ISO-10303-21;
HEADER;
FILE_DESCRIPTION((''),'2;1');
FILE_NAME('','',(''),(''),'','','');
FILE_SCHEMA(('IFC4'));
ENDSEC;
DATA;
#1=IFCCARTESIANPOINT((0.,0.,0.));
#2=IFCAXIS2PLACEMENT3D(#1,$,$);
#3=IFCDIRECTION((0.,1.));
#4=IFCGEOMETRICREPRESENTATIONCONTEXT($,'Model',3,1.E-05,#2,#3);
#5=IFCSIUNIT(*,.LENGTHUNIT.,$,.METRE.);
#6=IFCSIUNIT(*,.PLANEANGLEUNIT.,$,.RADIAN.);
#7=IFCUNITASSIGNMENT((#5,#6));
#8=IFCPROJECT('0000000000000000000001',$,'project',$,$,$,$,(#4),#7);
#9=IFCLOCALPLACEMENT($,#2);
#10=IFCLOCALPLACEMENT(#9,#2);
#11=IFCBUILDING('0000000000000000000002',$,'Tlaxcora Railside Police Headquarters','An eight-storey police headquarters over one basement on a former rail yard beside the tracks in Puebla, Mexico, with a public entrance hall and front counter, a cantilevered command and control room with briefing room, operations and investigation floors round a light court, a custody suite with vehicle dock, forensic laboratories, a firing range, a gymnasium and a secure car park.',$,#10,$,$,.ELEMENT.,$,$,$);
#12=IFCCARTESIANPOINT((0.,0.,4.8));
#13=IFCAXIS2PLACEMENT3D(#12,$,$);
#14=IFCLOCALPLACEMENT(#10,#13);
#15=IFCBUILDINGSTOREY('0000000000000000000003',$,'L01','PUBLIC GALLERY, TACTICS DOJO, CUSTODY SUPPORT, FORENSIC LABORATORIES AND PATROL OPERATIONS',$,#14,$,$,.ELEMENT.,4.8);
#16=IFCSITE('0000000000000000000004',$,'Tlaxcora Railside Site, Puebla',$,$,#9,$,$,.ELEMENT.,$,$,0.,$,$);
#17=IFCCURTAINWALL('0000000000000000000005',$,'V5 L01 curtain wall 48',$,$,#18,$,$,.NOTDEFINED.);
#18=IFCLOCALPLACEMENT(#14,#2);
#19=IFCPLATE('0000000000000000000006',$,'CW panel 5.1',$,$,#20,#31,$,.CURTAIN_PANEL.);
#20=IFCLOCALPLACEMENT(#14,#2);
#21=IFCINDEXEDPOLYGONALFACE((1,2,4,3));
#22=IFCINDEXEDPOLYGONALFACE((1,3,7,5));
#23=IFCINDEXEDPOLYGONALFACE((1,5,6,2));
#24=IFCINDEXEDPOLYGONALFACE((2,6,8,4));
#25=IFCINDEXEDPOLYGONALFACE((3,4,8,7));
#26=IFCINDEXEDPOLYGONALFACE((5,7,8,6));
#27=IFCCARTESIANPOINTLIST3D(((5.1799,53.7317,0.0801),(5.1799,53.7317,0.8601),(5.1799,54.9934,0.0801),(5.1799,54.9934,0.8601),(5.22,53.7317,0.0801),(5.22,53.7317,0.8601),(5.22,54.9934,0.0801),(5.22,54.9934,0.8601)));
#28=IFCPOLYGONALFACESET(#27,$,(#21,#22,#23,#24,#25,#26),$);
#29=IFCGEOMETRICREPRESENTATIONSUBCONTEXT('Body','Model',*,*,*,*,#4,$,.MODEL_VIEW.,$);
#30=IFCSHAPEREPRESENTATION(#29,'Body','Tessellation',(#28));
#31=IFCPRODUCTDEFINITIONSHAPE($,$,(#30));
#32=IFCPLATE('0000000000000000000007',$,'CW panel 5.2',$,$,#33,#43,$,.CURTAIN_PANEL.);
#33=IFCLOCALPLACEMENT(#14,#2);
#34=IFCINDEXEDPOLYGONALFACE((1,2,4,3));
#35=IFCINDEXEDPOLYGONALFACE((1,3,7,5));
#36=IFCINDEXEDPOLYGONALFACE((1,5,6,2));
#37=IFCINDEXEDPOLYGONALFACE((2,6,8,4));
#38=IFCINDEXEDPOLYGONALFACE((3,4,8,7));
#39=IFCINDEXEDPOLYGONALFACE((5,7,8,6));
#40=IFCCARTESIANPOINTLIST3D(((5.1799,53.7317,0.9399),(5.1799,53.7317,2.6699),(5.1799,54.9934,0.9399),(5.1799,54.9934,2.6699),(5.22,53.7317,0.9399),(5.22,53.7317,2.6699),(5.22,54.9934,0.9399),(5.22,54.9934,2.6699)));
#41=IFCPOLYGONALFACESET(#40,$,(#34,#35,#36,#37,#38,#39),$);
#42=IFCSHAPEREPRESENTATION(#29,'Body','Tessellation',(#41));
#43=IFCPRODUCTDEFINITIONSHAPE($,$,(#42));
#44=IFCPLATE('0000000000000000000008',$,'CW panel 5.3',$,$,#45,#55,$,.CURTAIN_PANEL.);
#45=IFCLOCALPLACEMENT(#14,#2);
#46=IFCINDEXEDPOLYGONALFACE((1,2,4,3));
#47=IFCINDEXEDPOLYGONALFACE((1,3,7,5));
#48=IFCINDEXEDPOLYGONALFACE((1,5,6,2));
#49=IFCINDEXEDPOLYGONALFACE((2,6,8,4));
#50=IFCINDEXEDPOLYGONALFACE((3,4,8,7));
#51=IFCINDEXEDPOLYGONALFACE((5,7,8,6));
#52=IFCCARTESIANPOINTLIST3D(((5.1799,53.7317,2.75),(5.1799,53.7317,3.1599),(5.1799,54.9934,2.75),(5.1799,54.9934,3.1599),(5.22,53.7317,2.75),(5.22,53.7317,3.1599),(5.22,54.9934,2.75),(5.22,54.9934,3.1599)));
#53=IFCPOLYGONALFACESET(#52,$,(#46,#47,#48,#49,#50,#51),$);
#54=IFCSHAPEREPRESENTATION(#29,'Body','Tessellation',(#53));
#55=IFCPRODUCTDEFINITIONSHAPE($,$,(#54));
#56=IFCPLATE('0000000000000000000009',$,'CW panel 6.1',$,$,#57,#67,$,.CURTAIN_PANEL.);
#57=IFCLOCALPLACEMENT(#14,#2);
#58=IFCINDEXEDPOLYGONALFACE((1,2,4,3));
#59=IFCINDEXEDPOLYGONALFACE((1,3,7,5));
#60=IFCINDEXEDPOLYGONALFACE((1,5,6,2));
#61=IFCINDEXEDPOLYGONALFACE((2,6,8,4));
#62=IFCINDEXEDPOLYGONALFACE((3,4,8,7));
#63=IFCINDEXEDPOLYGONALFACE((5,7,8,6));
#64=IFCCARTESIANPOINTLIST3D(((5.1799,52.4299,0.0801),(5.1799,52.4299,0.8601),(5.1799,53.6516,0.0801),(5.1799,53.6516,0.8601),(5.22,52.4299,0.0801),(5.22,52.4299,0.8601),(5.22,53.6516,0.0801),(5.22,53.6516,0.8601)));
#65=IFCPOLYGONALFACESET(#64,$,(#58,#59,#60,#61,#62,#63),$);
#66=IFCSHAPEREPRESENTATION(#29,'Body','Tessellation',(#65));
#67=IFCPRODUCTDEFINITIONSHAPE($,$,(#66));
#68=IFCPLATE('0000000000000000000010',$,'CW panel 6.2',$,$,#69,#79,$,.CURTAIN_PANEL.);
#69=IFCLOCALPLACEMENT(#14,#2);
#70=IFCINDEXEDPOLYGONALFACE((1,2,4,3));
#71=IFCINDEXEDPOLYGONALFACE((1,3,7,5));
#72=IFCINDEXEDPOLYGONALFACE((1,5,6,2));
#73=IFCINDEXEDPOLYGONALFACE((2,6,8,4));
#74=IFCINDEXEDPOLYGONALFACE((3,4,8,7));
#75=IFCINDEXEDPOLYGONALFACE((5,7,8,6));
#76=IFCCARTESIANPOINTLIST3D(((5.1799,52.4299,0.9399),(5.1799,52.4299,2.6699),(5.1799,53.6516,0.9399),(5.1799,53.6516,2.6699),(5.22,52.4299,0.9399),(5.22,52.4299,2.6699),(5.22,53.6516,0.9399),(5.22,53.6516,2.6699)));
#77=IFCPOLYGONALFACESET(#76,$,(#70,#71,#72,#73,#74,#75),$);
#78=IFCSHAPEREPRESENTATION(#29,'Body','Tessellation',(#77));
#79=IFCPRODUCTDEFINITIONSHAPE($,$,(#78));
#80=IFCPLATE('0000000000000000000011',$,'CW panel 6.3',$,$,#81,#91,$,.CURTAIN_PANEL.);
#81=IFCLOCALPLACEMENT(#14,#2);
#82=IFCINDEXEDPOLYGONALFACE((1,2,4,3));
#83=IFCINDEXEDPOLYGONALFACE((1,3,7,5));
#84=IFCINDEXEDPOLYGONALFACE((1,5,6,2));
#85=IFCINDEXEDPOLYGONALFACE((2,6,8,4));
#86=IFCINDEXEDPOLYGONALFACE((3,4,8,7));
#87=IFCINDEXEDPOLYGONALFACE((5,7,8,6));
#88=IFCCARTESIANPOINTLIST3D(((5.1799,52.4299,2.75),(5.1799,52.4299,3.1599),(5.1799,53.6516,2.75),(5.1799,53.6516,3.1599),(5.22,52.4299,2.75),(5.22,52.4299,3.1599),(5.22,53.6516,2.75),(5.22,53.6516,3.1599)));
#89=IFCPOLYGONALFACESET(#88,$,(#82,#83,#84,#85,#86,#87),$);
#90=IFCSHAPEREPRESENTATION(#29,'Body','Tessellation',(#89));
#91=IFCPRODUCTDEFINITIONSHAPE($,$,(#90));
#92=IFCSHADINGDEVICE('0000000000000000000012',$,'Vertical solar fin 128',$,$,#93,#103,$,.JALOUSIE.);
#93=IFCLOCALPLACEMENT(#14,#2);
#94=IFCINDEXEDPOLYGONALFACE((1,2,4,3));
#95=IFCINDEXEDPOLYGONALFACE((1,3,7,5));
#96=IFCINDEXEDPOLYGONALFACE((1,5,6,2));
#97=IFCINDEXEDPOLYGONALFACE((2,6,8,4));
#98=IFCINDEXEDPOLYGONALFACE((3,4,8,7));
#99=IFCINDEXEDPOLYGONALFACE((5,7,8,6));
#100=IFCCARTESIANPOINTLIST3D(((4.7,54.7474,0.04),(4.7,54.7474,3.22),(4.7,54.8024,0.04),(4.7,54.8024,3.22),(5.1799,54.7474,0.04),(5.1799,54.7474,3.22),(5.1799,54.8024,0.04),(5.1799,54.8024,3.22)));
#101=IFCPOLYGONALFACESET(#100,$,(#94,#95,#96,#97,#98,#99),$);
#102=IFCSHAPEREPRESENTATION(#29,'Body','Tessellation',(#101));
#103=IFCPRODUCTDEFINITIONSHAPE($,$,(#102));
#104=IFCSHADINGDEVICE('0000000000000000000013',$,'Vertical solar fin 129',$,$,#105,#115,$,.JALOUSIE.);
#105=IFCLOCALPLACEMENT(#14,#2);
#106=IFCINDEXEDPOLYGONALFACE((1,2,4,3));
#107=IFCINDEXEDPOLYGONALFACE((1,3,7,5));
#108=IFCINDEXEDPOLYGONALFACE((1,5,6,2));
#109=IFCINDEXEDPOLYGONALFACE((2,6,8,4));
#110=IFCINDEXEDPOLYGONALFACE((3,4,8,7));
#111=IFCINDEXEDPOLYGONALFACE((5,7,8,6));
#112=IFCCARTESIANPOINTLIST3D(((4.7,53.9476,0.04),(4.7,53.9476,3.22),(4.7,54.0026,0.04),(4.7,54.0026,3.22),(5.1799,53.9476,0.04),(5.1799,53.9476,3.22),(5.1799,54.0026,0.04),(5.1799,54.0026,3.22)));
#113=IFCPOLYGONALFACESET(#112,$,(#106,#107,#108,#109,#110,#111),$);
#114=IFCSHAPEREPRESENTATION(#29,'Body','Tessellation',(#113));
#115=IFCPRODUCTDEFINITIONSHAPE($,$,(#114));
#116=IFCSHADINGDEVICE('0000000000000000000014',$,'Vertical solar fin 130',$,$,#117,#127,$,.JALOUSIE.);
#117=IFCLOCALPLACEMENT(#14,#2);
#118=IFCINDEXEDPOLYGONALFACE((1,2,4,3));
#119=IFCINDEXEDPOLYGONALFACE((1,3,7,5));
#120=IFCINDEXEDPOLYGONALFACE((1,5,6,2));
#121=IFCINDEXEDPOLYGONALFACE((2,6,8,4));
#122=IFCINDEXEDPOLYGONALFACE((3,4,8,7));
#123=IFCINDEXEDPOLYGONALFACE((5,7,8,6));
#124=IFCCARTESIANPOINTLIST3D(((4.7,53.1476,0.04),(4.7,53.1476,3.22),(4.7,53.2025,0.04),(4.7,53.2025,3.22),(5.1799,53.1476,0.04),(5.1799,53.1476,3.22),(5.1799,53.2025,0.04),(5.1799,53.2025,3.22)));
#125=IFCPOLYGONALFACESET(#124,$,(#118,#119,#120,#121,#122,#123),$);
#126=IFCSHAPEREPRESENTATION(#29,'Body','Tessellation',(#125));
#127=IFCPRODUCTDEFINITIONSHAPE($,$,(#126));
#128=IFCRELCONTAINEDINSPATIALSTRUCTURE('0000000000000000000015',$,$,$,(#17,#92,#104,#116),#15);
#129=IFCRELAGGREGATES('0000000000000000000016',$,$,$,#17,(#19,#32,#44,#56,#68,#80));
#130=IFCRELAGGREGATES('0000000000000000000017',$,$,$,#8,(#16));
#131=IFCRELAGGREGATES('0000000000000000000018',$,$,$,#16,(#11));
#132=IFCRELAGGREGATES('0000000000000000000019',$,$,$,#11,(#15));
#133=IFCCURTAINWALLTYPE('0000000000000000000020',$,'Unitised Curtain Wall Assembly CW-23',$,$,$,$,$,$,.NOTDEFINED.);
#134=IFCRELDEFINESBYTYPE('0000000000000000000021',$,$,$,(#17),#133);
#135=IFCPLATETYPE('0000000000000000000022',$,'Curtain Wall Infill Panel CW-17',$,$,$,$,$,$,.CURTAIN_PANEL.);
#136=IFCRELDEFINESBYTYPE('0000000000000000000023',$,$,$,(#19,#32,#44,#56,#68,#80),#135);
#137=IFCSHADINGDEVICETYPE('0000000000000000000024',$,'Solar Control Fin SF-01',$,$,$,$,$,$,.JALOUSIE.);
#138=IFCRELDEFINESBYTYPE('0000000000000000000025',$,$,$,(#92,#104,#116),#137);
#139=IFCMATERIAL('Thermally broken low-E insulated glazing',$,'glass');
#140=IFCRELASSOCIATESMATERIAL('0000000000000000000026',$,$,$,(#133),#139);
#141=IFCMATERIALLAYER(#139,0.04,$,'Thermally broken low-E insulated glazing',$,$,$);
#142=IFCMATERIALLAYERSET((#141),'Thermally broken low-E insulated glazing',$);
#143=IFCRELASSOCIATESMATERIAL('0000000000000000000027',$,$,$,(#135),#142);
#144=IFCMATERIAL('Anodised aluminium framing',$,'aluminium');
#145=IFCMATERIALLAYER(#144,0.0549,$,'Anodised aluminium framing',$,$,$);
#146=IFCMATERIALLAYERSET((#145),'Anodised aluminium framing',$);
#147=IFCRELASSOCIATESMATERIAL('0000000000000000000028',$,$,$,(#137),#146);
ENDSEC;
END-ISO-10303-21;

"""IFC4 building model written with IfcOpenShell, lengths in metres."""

from ifc_helpers import new_model, si_unit, direction, frame, origin, origin_2d, place, context, subcontext, project, spatial, rectangle, extrude, material, layer, layer_set, type_object, element, aggregate, save


model = new_model("IFC4")

# Units and contexts
model_context = context("Model", 3, precision=1e-05, world=origin(), true_north=direction((0.0, 1.0)))
body_context = subcontext(model_context, "Body", "Model", "MODEL_VIEW")
ifc_project = project(units=[si_unit("LENGTHUNIT", "METRE"), si_unit("PLANEANGLEUNIT", "RADIAN")], contexts=[model_context])

# Site, building, storey
site_placement = place(None, origin())
site = spatial("IfcSite", under=ifc_project, at=site_placement, Name="Tlaxcora Railside Site, Puebla", CompositionType="ELEMENT", RefElevation=0.0)
building_placement = place(site_placement, origin())
building = spatial("IfcBuilding", under=site, at=building_placement, Name="Tlaxcora Railside Police Headquarters", Description="An eight-storey police headquarters over one basement on a former rail yard beside the tracks in Puebla, Mexico, with a public entrance hall and front counter, a cantilevered command and control room with briefing room, operations and investigation floors round a light court, a custody suite with vehicle dock, forensic laboratories, a firing range, a gymnasium and a secure car park.", CompositionType="ELEMENT")
storey_placement = place(building_placement, frame((0.0, 0.0, 4.8)))
storey = spatial("IfcBuildingStorey", under=building, at=storey_placement, Name="L01", Description="PUBLIC GALLERY, TACTICS DOJO, CUSTODY SUPPORT, FORENSIC LABORATORIES AND PATROL OPERATIONS", CompositionType="ELEMENT", Elevation=4.8)

# Curtain wall
ifc_material_1 = material(Name="Thermally broken low-E insulated glazing", Category="glass")
curtain_wall_type_1 = type_object("IfcCurtainWallType", Name="Unitised Curtain Wall Assembly CW-23", PredefinedType="NOTDEFINED", material=ifc_material_1)
curtain_wall_1_placement = place(storey_placement, origin())
curtain_wall_1 = element("IfcCurtainWall", 1, at=curtain_wall_1_placement, inside=storey, type_object=curtain_wall_type_1, Name="V5 L01 curtain wall 48", PredefinedType="NOTDEFINED")
ifc_material_2 = material(Name="Anodised aluminium framing", Category="aluminium")

# Plates
ifc_layer_1 = layer(ifc_material_1, 0.04, Name="Thermally broken low-E insulated glazing")
ifc_layer_set_1 = layer_set([ifc_layer_1], Name="Thermally broken low-E insulated glazing")
plate_type = type_object("IfcPlateType", Name="Curtain Wall Infill Panel CW-17", PredefinedType="CURTAIN_PANEL", material=ifc_layer_set_1)
plate_1_placement = place(storey_placement, frame((5.2, 54.3625, 0.0801), z_axis=(0.0, 0.0, 1.0), x_axis=(0.0, -1.0, 0.0)))
plate_1 = element("IfcPlate", 2, at=plate_1_placement, type_object=plate_type, Name="CW panel 5.1", PredefinedType="CURTAIN_PANEL", context=body_context, shape_type="SweptSolid", body=[
    extrude(rectangle(XDim=1.2617, YDim=0.04, at=origin_2d()), origin(), (0.0, 0.0, 1.0), 0.78),
])
plate_2_placement = place(storey_placement, frame((5.2, 54.3625, 0.9399), z_axis=(0.0, 0.0, 1.0), x_axis=(0.0, -1.0, 0.0)))
plate_2 = element("IfcPlate", 3, at=plate_2_placement, type_object=plate_type, Name="CW panel 5.2", PredefinedType="CURTAIN_PANEL", context=body_context, shape_type="SweptSolid", body=[
    extrude(rectangle(XDim=1.2617, YDim=0.04, at=origin_2d()), origin(), (0.0, 0.0, 1.0), 1.73),
])
plate_3_placement = place(storey_placement, frame((5.2, 54.3625, 2.75), z_axis=(0.0, 0.0, 1.0), x_axis=(0.0, -1.0, 0.0)))
plate_3 = element("IfcPlate", 4, at=plate_3_placement, type_object=plate_type, Name="CW panel 5.3", PredefinedType="CURTAIN_PANEL", context=body_context, shape_type="SweptSolid", body=[
    extrude(rectangle(XDim=1.2617, YDim=0.04, at=origin_2d()), origin(), (0.0, 0.0, 1.0), 0.4099),
])
plate_4_placement = place(storey_placement, frame((5.2, 53.0408, 0.0801), z_axis=(0.0, 0.0, 1.0), x_axis=(0.0, -1.0, 0.0)))
plate_4 = element("IfcPlate", 5, at=plate_4_placement, type_object=plate_type, Name="CW panel 6.1", PredefinedType="CURTAIN_PANEL", context=body_context, shape_type="SweptSolid", body=[
    extrude(rectangle(XDim=1.2217, YDim=0.04, at=origin_2d()), origin(), (0.0, 0.0, 1.0), 0.78),
])
plate_5_placement = place(storey_placement, frame((5.2, 53.0408, 0.9399), z_axis=(0.0, 0.0, 1.0), x_axis=(0.0, -1.0, 0.0)))
plate_5 = element("IfcPlate", 6, at=plate_5_placement, type_object=plate_type, Name="CW panel 6.2", PredefinedType="CURTAIN_PANEL", context=body_context, shape_type="SweptSolid", body=[
    extrude(rectangle(XDim=1.2217, YDim=0.04, at=origin_2d()), origin(), (0.0, 0.0, 1.0), 1.73),
])
plate_6_placement = place(storey_placement, frame((5.2, 53.0408, 2.75), z_axis=(0.0, 0.0, 1.0), x_axis=(0.0, -1.0, 0.0)))
plate_6 = element("IfcPlate", 7, at=plate_6_placement, type_object=plate_type, Name="CW panel 6.3", PredefinedType="CURTAIN_PANEL", context=body_context, shape_type="SweptSolid", body=[
    extrude(rectangle(XDim=1.2217, YDim=0.04, at=origin_2d()), origin(), (0.0, 0.0, 1.0), 0.4099),
])
aggregate(curtain_wall_1, [plate_1, plate_2, plate_3, plate_4, plate_5, plate_6])

# Shading devices
ifc_layer_2 = layer(ifc_material_2, 0.0549, Name="Anodised aluminium framing")
ifc_layer_set_2 = layer_set([ifc_layer_2], Name="Anodised aluminium framing")
shading_device_type = type_object("IfcShadingDeviceType", Name="Solar Control Fin SF-01", PredefinedType="JALOUSIE", material=ifc_layer_set_2)
for number, where, z_axis, x_axis, name in (
    (8, (4.9399, 54.7749, 0.04), (0.0, 0.0, 1.0), (-1.0, 0.0, 0.0), "Vertical solar fin 128"),
    (9, (4.9399, 53.9751, 0.04), (0.0, 0.0, 1.0), (-1.0, 0.0, 0.0), "Vertical solar fin 129"),
    (10, (4.9399, 53.175, 0.04), (0.0, 0.0, 1.0), (-1.0, 0.0, 0.0), "Vertical solar fin 130"),
):
    element("IfcShadingDevice", number, at=place(storey_placement, frame(where, z_axis=z_axis, x_axis=x_axis)), inside=storey, type_object=shading_device_type, Name=name, PredefinedType="JALOUSIE", context=body_context, shape_type="SweptSolid", body=[
        extrude(rectangle(XDim=0.48, YDim=0.0549, at=origin_2d()), origin(), (0.0, 0.0, 1.0), 3.1799),
    ])

save(model, "model.ifc")
